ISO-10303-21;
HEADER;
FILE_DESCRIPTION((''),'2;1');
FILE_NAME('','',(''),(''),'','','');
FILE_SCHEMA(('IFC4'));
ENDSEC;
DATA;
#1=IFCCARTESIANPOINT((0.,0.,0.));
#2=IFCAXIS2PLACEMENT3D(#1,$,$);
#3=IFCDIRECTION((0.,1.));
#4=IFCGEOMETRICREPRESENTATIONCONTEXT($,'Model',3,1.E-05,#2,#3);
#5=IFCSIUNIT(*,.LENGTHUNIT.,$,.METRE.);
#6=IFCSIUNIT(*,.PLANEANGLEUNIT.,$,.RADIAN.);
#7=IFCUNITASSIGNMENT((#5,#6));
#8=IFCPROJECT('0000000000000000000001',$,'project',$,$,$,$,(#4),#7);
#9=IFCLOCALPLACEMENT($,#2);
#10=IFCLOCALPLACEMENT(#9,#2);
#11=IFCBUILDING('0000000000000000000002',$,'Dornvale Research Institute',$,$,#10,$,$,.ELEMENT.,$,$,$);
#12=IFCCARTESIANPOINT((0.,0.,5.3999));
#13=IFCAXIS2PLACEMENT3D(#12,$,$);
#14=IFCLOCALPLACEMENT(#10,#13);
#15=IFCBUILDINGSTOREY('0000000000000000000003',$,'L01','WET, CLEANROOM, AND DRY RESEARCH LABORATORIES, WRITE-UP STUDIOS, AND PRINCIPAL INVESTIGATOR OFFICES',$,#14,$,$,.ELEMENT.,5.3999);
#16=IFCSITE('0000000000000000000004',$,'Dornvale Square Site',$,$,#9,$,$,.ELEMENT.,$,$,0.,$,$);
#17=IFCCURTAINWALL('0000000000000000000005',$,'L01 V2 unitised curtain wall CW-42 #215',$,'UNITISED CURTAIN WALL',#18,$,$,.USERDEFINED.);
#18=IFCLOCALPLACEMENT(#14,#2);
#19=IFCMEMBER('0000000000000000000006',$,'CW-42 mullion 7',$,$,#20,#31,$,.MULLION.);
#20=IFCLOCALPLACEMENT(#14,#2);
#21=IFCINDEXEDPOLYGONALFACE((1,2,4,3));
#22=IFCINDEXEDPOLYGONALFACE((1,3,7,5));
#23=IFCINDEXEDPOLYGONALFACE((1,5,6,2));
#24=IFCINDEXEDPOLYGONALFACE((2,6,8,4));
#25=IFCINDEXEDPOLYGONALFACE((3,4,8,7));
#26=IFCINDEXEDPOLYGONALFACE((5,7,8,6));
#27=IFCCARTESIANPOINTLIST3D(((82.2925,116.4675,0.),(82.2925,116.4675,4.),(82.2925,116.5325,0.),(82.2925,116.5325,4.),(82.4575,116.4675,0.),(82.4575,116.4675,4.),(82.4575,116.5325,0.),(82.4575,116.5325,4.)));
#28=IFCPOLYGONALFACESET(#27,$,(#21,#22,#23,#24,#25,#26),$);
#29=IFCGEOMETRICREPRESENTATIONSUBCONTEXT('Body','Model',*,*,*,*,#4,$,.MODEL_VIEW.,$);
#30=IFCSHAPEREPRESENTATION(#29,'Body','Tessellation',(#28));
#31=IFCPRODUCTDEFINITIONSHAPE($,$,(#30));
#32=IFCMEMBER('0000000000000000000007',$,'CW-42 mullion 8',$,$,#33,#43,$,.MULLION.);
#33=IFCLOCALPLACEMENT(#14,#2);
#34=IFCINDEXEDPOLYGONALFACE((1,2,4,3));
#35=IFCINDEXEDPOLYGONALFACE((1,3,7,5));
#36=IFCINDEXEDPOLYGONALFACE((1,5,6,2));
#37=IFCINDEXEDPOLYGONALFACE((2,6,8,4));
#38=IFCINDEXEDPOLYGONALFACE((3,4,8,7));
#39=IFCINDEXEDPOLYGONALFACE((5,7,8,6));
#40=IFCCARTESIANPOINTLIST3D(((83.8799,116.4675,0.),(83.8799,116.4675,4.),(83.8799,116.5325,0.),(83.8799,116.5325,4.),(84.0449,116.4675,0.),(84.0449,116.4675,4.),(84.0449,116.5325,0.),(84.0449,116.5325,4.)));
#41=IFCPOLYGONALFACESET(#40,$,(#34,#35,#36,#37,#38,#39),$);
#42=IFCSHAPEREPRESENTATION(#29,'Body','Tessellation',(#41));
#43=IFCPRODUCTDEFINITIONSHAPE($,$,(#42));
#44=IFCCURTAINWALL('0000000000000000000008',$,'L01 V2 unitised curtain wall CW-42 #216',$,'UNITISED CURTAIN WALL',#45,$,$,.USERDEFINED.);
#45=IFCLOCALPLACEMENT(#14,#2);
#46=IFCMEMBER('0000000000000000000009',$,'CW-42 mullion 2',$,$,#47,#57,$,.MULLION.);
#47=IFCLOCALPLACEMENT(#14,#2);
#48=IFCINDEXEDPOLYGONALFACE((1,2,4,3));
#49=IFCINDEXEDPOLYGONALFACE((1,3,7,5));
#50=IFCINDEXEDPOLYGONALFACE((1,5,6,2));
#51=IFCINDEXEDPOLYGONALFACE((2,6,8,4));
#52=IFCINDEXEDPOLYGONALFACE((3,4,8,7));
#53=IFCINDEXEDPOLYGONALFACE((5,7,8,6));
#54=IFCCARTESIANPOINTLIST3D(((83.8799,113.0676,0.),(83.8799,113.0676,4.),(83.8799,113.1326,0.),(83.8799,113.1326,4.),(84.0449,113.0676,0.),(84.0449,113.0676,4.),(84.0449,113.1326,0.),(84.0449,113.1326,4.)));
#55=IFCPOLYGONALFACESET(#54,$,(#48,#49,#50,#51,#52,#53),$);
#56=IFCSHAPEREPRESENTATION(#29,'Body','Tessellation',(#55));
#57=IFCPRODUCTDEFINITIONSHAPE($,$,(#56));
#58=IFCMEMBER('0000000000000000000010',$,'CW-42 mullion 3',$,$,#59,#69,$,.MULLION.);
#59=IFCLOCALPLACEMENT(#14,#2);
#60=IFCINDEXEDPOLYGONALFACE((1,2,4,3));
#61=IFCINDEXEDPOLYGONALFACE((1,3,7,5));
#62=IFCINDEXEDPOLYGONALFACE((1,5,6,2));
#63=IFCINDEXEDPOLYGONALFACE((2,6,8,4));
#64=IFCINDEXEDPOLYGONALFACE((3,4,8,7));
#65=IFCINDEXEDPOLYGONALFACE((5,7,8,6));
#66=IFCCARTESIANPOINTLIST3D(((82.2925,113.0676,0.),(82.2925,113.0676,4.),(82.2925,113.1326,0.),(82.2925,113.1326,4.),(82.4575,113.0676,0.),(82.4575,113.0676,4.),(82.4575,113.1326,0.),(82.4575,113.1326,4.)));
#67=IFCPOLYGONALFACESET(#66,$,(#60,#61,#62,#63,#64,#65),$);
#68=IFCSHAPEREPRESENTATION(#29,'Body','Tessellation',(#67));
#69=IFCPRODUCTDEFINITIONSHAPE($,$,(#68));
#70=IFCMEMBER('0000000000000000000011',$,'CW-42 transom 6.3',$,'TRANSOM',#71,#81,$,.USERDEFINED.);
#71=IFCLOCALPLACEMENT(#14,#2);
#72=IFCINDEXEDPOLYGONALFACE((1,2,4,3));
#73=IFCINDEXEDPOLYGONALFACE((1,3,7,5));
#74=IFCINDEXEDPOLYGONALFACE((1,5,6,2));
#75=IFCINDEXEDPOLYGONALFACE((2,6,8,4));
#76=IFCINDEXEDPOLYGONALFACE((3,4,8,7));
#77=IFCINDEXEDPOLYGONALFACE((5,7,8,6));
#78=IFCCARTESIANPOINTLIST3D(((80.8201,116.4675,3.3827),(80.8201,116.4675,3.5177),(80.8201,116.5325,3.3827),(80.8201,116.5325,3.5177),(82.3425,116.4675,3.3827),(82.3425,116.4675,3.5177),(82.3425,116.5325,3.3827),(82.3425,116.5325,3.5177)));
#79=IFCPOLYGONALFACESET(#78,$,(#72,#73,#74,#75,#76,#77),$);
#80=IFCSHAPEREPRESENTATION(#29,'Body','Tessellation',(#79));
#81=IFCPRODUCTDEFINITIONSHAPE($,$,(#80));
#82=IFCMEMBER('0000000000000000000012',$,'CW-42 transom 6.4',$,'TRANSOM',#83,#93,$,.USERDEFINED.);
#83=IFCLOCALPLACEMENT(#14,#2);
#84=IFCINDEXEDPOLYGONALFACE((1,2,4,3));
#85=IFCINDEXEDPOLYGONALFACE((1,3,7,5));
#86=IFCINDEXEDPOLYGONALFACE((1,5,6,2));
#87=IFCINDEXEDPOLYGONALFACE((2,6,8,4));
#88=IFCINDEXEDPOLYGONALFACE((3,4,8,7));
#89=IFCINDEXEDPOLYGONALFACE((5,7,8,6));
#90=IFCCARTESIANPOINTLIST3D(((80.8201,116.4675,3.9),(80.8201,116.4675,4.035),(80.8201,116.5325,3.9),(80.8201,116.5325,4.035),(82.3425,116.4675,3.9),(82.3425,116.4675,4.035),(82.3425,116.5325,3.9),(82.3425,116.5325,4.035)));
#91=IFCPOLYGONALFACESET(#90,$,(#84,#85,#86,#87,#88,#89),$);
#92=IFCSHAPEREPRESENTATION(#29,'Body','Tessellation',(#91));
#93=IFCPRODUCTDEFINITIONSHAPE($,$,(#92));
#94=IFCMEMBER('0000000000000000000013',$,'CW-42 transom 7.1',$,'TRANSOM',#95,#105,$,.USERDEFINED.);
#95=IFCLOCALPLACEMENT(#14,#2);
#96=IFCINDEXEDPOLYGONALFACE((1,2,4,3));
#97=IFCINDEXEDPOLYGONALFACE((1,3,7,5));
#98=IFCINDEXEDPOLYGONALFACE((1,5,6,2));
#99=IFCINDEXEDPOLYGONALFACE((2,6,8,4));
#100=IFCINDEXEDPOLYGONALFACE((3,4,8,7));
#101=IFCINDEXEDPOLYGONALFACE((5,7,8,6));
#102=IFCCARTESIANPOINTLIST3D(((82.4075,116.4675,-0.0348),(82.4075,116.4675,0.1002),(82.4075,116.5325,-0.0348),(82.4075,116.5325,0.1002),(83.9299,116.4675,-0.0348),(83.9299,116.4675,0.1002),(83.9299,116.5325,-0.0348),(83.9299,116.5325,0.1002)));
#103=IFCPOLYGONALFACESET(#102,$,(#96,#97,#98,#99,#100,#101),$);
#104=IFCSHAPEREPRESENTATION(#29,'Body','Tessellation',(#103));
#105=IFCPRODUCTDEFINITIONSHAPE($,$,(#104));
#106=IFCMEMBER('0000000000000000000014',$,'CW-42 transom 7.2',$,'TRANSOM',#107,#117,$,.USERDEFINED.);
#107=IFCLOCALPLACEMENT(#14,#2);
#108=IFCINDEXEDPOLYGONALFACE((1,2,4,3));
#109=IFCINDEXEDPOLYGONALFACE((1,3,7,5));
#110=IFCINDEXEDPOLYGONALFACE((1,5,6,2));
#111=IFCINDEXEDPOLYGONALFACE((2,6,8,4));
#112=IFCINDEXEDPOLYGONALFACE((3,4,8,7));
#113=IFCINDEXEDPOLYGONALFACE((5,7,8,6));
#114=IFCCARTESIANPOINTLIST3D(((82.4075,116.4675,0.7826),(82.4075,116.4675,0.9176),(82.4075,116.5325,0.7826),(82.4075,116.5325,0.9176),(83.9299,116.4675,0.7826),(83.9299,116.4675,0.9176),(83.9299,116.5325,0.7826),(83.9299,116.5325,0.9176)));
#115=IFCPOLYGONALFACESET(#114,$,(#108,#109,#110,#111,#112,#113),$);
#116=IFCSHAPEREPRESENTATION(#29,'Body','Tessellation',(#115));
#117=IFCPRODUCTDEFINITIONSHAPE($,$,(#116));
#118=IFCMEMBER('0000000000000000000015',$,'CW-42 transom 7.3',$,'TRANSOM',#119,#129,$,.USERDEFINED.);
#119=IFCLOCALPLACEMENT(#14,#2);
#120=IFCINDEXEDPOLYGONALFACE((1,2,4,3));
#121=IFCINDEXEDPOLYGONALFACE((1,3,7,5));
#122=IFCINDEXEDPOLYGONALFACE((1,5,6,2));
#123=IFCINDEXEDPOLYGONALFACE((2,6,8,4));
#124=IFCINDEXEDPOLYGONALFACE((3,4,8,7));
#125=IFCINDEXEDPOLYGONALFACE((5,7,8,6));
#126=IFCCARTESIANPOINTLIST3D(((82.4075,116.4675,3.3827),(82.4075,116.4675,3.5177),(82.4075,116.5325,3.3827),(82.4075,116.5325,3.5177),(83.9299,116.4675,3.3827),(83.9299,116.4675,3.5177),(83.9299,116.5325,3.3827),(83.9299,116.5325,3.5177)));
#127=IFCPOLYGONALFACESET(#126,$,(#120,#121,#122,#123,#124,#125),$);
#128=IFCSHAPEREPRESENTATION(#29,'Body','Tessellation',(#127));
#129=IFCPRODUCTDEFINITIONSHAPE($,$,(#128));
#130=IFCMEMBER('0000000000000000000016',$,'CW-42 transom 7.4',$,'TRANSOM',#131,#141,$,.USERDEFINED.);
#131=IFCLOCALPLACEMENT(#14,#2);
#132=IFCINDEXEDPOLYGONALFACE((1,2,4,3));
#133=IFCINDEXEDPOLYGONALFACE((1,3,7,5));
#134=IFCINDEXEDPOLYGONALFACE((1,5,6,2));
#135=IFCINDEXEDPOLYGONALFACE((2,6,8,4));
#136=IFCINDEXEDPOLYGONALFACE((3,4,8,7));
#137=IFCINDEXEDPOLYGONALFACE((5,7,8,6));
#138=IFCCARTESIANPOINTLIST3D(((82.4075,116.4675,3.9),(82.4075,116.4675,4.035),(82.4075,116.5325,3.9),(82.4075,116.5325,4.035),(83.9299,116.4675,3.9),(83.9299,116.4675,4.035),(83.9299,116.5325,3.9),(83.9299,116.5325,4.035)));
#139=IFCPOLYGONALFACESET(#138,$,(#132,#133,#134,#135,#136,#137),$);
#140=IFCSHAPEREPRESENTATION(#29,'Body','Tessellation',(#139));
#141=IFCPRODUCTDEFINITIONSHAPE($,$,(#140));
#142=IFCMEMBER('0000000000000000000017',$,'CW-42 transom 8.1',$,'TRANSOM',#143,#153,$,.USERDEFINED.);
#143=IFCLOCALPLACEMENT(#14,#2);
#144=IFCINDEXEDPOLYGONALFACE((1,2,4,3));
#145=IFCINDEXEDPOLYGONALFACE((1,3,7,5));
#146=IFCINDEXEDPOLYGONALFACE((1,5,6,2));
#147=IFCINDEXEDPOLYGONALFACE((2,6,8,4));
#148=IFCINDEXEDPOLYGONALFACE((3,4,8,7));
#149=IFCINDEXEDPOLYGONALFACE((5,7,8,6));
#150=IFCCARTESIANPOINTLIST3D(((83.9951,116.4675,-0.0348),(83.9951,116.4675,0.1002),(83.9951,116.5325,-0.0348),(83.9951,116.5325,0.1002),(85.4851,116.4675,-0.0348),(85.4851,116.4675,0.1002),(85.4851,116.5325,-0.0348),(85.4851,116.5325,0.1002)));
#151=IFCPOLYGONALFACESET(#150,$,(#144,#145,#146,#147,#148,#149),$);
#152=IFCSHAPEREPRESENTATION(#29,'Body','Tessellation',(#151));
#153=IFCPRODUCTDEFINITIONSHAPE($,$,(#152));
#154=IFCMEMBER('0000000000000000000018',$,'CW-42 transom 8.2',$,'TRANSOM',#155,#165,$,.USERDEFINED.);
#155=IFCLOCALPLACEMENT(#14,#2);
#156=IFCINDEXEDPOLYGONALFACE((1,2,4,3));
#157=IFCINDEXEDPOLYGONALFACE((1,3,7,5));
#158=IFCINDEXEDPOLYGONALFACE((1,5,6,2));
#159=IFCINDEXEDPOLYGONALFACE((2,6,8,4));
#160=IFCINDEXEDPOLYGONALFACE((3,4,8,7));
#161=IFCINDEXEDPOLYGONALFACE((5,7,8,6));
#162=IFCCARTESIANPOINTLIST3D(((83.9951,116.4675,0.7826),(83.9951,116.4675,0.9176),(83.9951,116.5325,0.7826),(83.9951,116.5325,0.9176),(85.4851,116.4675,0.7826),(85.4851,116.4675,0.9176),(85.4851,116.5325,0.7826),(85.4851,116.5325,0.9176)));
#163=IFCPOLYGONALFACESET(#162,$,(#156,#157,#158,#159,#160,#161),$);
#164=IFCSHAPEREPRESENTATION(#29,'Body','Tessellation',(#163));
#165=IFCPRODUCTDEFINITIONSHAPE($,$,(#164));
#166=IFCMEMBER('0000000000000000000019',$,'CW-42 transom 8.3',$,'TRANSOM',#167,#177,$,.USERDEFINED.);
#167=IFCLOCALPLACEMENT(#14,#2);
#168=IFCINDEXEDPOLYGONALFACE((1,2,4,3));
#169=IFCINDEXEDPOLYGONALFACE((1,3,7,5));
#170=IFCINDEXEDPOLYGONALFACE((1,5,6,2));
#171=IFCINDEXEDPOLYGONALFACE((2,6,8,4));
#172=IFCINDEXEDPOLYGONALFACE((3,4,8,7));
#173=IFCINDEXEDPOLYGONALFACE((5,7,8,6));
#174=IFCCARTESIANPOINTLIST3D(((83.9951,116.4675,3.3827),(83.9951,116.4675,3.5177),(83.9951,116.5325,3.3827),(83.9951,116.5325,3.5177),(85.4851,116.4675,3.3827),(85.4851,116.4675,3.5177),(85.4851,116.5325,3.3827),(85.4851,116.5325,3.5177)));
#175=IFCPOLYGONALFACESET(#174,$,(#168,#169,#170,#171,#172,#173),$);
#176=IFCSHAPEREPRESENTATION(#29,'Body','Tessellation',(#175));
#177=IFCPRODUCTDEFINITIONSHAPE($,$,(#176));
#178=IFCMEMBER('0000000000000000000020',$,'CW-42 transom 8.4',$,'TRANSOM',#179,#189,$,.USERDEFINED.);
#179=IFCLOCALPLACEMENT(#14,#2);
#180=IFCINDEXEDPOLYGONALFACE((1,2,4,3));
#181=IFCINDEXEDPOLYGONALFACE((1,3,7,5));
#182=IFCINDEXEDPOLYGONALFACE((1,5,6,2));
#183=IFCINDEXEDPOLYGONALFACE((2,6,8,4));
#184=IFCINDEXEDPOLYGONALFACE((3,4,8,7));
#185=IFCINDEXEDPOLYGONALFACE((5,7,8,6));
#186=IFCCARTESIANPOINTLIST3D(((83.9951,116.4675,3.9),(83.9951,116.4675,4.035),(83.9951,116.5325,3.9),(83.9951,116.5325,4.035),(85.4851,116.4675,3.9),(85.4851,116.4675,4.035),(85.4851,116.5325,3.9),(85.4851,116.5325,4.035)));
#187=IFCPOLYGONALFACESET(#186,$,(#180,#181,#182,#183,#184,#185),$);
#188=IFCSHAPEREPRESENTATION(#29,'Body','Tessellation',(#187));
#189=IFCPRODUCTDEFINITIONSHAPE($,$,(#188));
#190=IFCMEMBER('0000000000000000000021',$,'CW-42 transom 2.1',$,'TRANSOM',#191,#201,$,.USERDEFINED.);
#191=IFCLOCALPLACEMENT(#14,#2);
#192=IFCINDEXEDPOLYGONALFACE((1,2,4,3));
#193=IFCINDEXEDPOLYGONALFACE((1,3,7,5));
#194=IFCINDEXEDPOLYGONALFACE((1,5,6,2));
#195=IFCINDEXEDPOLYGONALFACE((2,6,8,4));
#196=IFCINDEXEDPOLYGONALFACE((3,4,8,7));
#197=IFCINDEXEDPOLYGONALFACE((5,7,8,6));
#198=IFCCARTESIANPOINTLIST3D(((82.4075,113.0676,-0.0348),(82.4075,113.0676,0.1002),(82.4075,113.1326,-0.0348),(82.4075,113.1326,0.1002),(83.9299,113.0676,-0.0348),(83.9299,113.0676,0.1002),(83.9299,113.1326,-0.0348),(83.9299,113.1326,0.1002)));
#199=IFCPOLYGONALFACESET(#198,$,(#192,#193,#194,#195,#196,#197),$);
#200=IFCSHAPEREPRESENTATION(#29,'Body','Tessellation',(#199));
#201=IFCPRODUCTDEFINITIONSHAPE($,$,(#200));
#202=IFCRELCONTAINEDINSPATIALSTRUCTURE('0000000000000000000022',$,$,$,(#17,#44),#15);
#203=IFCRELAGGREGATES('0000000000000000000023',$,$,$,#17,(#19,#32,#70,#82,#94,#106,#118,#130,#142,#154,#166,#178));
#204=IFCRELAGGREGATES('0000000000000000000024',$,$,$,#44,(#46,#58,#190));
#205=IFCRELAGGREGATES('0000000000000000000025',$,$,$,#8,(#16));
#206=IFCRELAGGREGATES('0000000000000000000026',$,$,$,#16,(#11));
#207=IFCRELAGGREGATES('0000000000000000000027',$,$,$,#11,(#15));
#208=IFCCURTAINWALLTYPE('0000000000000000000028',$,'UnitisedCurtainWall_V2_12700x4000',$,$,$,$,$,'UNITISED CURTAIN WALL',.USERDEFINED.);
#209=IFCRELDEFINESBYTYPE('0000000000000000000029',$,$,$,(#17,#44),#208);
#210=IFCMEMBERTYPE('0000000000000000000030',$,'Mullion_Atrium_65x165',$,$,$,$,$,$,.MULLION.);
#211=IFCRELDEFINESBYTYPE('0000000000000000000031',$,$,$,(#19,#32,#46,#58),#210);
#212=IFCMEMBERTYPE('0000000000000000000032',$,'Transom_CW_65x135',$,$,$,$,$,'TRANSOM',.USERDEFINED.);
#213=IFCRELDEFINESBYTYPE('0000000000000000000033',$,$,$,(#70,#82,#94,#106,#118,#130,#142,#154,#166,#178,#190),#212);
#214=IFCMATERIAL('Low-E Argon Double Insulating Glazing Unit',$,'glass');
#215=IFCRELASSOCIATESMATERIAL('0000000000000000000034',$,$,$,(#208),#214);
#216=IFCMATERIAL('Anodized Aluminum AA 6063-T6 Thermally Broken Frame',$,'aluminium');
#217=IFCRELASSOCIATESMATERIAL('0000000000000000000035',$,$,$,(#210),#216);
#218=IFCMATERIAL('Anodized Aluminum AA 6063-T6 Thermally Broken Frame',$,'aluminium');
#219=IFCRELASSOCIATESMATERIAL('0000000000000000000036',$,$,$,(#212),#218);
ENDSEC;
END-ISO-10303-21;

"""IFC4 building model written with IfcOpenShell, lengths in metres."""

from ifc_helpers import new_model, si_unit, direction, frame, origin, origin_2d, place, context, subcontext, project, spatial, rectangle, extrude, material, material_profile, profile_set, type_object, element, aggregate, save


model = new_model("IFC4")

# Units and contexts
model_context = context("Model", 3, precision=1e-05, world=origin(), true_north=direction((0.0, 1.0)))
body_context = subcontext(model_context, "Body", "Model", "MODEL_VIEW")
ifc_project = project(units=[si_unit("LENGTHUNIT", "METRE"), si_unit("PLANEANGLEUNIT", "RADIAN")], contexts=[model_context])

# Site, building, storey
site_placement = place(None, origin())
site = spatial("IfcSite", under=ifc_project, at=site_placement, Name="Dornvale Square Site", CompositionType="ELEMENT", RefElevation=0.0)
building_placement = place(site_placement, origin())
building = spatial("IfcBuilding", under=site, at=building_placement, Name="Dornvale Research Institute", CompositionType="ELEMENT")
storey_placement = place(building_placement, frame((0.0, 0.0, 5.3999)))
storey = spatial("IfcBuildingStorey", under=building, at=storey_placement, Name="L01", Description="WET, CLEANROOM, AND DRY RESEARCH LABORATORIES, WRITE-UP STUDIOS, AND PRINCIPAL INVESTIGATOR OFFICES", CompositionType="ELEMENT", Elevation=5.3999)

# Curtain walls, members
ifc_material_1 = material(Name="Low-E Argon Double Insulating Glazing Unit", Category="glass")
curtain_wall_type = type_object("IfcCurtainWallType", Name="UnitisedCurtainWall_V2_12700x4000", ElementType="UNITISED CURTAIN WALL", PredefinedType="USERDEFINED", material=ifc_material_1)
curtain_wall_1_placement = place(storey_placement, origin())
curtain_wall_1 = element("IfcCurtainWall", 1, at=curtain_wall_1_placement, inside=storey, type_object=curtain_wall_type, Name="L01 V2 unitised curtain wall CW-42 #215", ObjectType="UNITISED CURTAIN WALL", PredefinedType="USERDEFINED")
ifc_material_2 = material(Name="Anodized Aluminum AA 6063-T6 Thermally Broken Frame", Category="aluminium")
ifc_material_profile_1 = material_profile(ifc_material_2, rectangle(XDim=0.0649, YDim=0.165, at=origin_2d()), Name="ALU MULLION 65x165")
ifc_profile_set_1 = profile_set([ifc_material_profile_1], Name="Anodized Aluminum AA 6063-T6 Thermally Broken Frame")
member_type_1 = type_object("IfcMemberType", Name="Mullion_Atrium_65x165", PredefinedType="MULLION", material=ifc_profile_set_1)
member_1_placement = place(storey_placement, frame((82.375, 116.5, 0.0), z_axis=(0.0, 0.0, 1.0), x_axis=(0.0, 1.0, 0.0)))
member_1 = element("IfcMember", 2, at=member_1_placement, type_object=member_type_1, Name="CW-42 mullion 7", PredefinedType="MULLION", context=body_context, shape_type="SweptSolid", body=[
    extrude(rectangle(XDim=0.0649, YDim=0.165, at=origin_2d()), origin(), (0.0, 0.0, 1.0), 4.0),
])
member_2_placement = place(storey_placement, frame((83.9624, 116.5, 0.0), z_axis=(0.0, 0.0, 1.0), x_axis=(0.0, 1.0, 0.0)))
member_2 = element("IfcMember", 3, at=member_2_placement, type_object=member_type_1, Name="CW-42 mullion 8", PredefinedType="MULLION", context=body_context, shape_type="SweptSolid", body=[
    extrude(rectangle(XDim=0.0649, YDim=0.165, at=origin_2d()), origin(), (0.0, 0.0, 1.0), 4.0),
])
curtain_wall_2_placement = place(storey_placement, origin())
curtain_wall_2 = element("IfcCurtainWall", 4, at=curtain_wall_2_placement, inside=storey, type_object=curtain_wall_type, Name="L01 V2 unitised curtain wall CW-42 #216", ObjectType="UNITISED CURTAIN WALL", PredefinedType="USERDEFINED")
member_3_placement = place(storey_placement, frame((83.9624, 113.1001, 0.0), z_axis=(0.0, 0.0, 1.0), x_axis=(0.0, -1.0, 0.0)))
member_3 = element("IfcMember", 5, at=member_3_placement, type_object=member_type_1, Name="CW-42 mullion 2", PredefinedType="MULLION", context=body_context, shape_type="SweptSolid", body=[
    extrude(rectangle(XDim=0.0649, YDim=0.165, at=origin_2d()), origin(), (0.0, 0.0, 1.0), 4.0),
])
member_4_placement = place(storey_placement, frame((82.375, 113.1001, 0.0), z_axis=(0.0, 0.0, 1.0), x_axis=(0.0, -1.0, 0.0)))
member_4 = element("IfcMember", 6, at=member_4_placement, type_object=member_type_1, Name="CW-42 mullion 3", PredefinedType="MULLION", context=body_context, shape_type="SweptSolid", body=[
    extrude(rectangle(XDim=0.0649, YDim=0.165, at=origin_2d()), origin(), (0.0, 0.0, 1.0), 4.0),
])

# Members
ifc_material_3 = material(Name="Anodized Aluminum AA 6063-T6 Thermally Broken Frame", Category="aluminium")
ifc_material_profile_2 = material_profile(ifc_material_3, rectangle(XDim=0.0649, YDim=0.135, at=origin_2d()), Name="ALU TRANSOM 65x135")
ifc_profile_set_2 = profile_set([ifc_material_profile_2], Name="Anodized Aluminum AA 6063-T6 Thermally Broken Frame")
member_type_2 = type_object("IfcMemberType", Name="Transom_CW_65x135", ElementType="TRANSOM", PredefinedType="USERDEFINED", material=ifc_profile_set_2)
member_5_placement = place(storey_placement, frame((80.8201, 116.5, 3.4502), z_axis=(1.0, 0.0, 0.0), x_axis=(0.0, 1.0, 0.0)))
member_5 = element("IfcMember", 7, at=member_5_placement, type_object=member_type_2, Name="CW-42 transom 6.3", ObjectType="TRANSOM", PredefinedType="USERDEFINED", context=body_context, shape_type="SweptSolid", body=[
    extrude(rectangle(XDim=0.0649, YDim=0.135, at=origin_2d()), origin(), (0.0, 0.0, 1.0), 1.5225),
])
member_6_placement = place(storey_placement, frame((80.8201, 116.5, 3.9675), z_axis=(1.0, 0.0, 0.0), x_axis=(0.0, 1.0, 0.0)))
member_6 = element("IfcMember", 8, at=member_6_placement, type_object=member_type_2, Name="CW-42 transom 6.4", ObjectType="TRANSOM", PredefinedType="USERDEFINED", context=body_context, shape_type="SweptSolid", body=[
    extrude(rectangle(XDim=0.0649, YDim=0.135, at=origin_2d()), origin(), (0.0, 0.0, 1.0), 1.5225),
])
member_7_placement = place(storey_placement, frame((82.4075, 116.5, 0.0327), z_axis=(1.0, 0.0, 0.0), x_axis=(0.0, 1.0, 0.0)))
member_7 = element("IfcMember", 9, at=member_7_placement, type_object=member_type_2, Name="CW-42 transom 7.1", ObjectType="TRANSOM", PredefinedType="USERDEFINED", context=body_context, shape_type="SweptSolid", body=[
    extrude(rectangle(XDim=0.0649, YDim=0.135, at=origin_2d()), origin(), (0.0, 0.0, 1.0), 1.5225),
])
member_8_placement = place(storey_placement, frame((82.4075, 116.5, 0.8501), z_axis=(1.0, 0.0, 0.0), x_axis=(0.0, 1.0, 0.0)))
member_8 = element("IfcMember", 10, at=member_8_placement, type_object=member_type_2, Name="CW-42 transom 7.2", ObjectType="TRANSOM", PredefinedType="USERDEFINED", context=body_context, shape_type="SweptSolid", body=[
    extrude(rectangle(XDim=0.0649, YDim=0.135, at=origin_2d()), origin(), (0.0, 0.0, 1.0), 1.5225),
])
member_9_placement = place(storey_placement, frame((82.4075, 116.5, 3.4502), z_axis=(1.0, 0.0, 0.0), x_axis=(0.0, 1.0, 0.0)))
member_9 = element("IfcMember", 11, at=member_9_placement, type_object=member_type_2, Name="CW-42 transom 7.3", ObjectType="TRANSOM", PredefinedType="USERDEFINED", context=body_context, shape_type="SweptSolid", body=[
    extrude(rectangle(XDim=0.0649, YDim=0.135, at=origin_2d()), origin(), (0.0, 0.0, 1.0), 1.5225),
])
member_10_placement = place(storey_placement, frame((82.4075, 116.5, 3.9675), z_axis=(1.0, 0.0, 0.0), x_axis=(0.0, 1.0, 0.0)))
member_10 = element("IfcMember", 12, at=member_10_placement, type_object=member_type_2, Name="CW-42 transom 7.4", ObjectType="TRANSOM", PredefinedType="USERDEFINED", context=body_context, shape_type="SweptSolid", body=[
    extrude(rectangle(XDim=0.0649, YDim=0.135, at=origin_2d()), origin(), (0.0, 0.0, 1.0), 1.5225),
])
member_11_placement = place(storey_placement, frame((83.9951, 116.5, 0.0327), z_axis=(1.0, 0.0, 0.0), x_axis=(0.0, 1.0, 0.0)))
member_11 = element("IfcMember", 13, at=member_11_placement, type_object=member_type_2, Name="CW-42 transom 8.1", ObjectType="TRANSOM", PredefinedType="USERDEFINED", context=body_context, shape_type="SweptSolid", body=[
    extrude(rectangle(XDim=0.0649, YDim=0.135, at=origin_2d()), origin(), (0.0, 0.0, 1.0), 1.49),
])
member_12_placement = place(storey_placement, frame((83.9951, 116.5, 0.8501), z_axis=(1.0, 0.0, 0.0), x_axis=(0.0, 1.0, 0.0)))
member_12 = element("IfcMember", 14, at=member_12_placement, type_object=member_type_2, Name="CW-42 transom 8.2", ObjectType="TRANSOM", PredefinedType="USERDEFINED", context=body_context, shape_type="SweptSolid", body=[
    extrude(rectangle(XDim=0.0649, YDim=0.135, at=origin_2d()), origin(), (0.0, 0.0, 1.0), 1.49),
])
member_13_placement = place(storey_placement, frame((83.9951, 116.5, 3.4502), z_axis=(1.0, 0.0, 0.0), x_axis=(0.0, 1.0, 0.0)))
member_13 = element("IfcMember", 15, at=member_13_placement, type_object=member_type_2, Name="CW-42 transom 8.3", ObjectType="TRANSOM", PredefinedType="USERDEFINED", context=body_context, shape_type="SweptSolid", body=[
    extrude(rectangle(XDim=0.0649, YDim=0.135, at=origin_2d()), origin(), (0.0, 0.0, 1.0), 1.49),
])
member_14_placement = place(storey_placement, frame((83.9951, 116.5, 3.9675), z_axis=(1.0, 0.0, 0.0), x_axis=(0.0, 1.0, 0.0)))
member_14 = element("IfcMember", 16, at=member_14_placement, type_object=member_type_2, Name="CW-42 transom 8.4", ObjectType="TRANSOM", PredefinedType="USERDEFINED", context=body_context, shape_type="SweptSolid", body=[
    extrude(rectangle(XDim=0.0649, YDim=0.135, at=origin_2d()), origin(), (0.0, 0.0, 1.0), 1.49),
])
member_15_placement = place(storey_placement, frame((83.9299, 113.1001, 0.0327), z_axis=(-1.0, 0.0, 0.0), x_axis=(0.0, -1.0, 0.0)))
member_15 = element("IfcMember", 17, at=member_15_placement, type_object=member_type_2, Name="CW-42 transom 2.1", ObjectType="TRANSOM", PredefinedType="USERDEFINED", context=body_context, shape_type="SweptSolid", body=[
    extrude(rectangle(XDim=0.0649, YDim=0.135, at=origin_2d()), origin(), (0.0, 0.0, 1.0), 1.5225),
])

aggregate(curtain_wall_1, [member_1, member_2, member_5, member_6, member_7, member_8, member_9, member_10, member_11, member_12, member_13, member_14])
aggregate(curtain_wall_2, [member_3, member_4, member_15])

save(model, "model.ifc")
